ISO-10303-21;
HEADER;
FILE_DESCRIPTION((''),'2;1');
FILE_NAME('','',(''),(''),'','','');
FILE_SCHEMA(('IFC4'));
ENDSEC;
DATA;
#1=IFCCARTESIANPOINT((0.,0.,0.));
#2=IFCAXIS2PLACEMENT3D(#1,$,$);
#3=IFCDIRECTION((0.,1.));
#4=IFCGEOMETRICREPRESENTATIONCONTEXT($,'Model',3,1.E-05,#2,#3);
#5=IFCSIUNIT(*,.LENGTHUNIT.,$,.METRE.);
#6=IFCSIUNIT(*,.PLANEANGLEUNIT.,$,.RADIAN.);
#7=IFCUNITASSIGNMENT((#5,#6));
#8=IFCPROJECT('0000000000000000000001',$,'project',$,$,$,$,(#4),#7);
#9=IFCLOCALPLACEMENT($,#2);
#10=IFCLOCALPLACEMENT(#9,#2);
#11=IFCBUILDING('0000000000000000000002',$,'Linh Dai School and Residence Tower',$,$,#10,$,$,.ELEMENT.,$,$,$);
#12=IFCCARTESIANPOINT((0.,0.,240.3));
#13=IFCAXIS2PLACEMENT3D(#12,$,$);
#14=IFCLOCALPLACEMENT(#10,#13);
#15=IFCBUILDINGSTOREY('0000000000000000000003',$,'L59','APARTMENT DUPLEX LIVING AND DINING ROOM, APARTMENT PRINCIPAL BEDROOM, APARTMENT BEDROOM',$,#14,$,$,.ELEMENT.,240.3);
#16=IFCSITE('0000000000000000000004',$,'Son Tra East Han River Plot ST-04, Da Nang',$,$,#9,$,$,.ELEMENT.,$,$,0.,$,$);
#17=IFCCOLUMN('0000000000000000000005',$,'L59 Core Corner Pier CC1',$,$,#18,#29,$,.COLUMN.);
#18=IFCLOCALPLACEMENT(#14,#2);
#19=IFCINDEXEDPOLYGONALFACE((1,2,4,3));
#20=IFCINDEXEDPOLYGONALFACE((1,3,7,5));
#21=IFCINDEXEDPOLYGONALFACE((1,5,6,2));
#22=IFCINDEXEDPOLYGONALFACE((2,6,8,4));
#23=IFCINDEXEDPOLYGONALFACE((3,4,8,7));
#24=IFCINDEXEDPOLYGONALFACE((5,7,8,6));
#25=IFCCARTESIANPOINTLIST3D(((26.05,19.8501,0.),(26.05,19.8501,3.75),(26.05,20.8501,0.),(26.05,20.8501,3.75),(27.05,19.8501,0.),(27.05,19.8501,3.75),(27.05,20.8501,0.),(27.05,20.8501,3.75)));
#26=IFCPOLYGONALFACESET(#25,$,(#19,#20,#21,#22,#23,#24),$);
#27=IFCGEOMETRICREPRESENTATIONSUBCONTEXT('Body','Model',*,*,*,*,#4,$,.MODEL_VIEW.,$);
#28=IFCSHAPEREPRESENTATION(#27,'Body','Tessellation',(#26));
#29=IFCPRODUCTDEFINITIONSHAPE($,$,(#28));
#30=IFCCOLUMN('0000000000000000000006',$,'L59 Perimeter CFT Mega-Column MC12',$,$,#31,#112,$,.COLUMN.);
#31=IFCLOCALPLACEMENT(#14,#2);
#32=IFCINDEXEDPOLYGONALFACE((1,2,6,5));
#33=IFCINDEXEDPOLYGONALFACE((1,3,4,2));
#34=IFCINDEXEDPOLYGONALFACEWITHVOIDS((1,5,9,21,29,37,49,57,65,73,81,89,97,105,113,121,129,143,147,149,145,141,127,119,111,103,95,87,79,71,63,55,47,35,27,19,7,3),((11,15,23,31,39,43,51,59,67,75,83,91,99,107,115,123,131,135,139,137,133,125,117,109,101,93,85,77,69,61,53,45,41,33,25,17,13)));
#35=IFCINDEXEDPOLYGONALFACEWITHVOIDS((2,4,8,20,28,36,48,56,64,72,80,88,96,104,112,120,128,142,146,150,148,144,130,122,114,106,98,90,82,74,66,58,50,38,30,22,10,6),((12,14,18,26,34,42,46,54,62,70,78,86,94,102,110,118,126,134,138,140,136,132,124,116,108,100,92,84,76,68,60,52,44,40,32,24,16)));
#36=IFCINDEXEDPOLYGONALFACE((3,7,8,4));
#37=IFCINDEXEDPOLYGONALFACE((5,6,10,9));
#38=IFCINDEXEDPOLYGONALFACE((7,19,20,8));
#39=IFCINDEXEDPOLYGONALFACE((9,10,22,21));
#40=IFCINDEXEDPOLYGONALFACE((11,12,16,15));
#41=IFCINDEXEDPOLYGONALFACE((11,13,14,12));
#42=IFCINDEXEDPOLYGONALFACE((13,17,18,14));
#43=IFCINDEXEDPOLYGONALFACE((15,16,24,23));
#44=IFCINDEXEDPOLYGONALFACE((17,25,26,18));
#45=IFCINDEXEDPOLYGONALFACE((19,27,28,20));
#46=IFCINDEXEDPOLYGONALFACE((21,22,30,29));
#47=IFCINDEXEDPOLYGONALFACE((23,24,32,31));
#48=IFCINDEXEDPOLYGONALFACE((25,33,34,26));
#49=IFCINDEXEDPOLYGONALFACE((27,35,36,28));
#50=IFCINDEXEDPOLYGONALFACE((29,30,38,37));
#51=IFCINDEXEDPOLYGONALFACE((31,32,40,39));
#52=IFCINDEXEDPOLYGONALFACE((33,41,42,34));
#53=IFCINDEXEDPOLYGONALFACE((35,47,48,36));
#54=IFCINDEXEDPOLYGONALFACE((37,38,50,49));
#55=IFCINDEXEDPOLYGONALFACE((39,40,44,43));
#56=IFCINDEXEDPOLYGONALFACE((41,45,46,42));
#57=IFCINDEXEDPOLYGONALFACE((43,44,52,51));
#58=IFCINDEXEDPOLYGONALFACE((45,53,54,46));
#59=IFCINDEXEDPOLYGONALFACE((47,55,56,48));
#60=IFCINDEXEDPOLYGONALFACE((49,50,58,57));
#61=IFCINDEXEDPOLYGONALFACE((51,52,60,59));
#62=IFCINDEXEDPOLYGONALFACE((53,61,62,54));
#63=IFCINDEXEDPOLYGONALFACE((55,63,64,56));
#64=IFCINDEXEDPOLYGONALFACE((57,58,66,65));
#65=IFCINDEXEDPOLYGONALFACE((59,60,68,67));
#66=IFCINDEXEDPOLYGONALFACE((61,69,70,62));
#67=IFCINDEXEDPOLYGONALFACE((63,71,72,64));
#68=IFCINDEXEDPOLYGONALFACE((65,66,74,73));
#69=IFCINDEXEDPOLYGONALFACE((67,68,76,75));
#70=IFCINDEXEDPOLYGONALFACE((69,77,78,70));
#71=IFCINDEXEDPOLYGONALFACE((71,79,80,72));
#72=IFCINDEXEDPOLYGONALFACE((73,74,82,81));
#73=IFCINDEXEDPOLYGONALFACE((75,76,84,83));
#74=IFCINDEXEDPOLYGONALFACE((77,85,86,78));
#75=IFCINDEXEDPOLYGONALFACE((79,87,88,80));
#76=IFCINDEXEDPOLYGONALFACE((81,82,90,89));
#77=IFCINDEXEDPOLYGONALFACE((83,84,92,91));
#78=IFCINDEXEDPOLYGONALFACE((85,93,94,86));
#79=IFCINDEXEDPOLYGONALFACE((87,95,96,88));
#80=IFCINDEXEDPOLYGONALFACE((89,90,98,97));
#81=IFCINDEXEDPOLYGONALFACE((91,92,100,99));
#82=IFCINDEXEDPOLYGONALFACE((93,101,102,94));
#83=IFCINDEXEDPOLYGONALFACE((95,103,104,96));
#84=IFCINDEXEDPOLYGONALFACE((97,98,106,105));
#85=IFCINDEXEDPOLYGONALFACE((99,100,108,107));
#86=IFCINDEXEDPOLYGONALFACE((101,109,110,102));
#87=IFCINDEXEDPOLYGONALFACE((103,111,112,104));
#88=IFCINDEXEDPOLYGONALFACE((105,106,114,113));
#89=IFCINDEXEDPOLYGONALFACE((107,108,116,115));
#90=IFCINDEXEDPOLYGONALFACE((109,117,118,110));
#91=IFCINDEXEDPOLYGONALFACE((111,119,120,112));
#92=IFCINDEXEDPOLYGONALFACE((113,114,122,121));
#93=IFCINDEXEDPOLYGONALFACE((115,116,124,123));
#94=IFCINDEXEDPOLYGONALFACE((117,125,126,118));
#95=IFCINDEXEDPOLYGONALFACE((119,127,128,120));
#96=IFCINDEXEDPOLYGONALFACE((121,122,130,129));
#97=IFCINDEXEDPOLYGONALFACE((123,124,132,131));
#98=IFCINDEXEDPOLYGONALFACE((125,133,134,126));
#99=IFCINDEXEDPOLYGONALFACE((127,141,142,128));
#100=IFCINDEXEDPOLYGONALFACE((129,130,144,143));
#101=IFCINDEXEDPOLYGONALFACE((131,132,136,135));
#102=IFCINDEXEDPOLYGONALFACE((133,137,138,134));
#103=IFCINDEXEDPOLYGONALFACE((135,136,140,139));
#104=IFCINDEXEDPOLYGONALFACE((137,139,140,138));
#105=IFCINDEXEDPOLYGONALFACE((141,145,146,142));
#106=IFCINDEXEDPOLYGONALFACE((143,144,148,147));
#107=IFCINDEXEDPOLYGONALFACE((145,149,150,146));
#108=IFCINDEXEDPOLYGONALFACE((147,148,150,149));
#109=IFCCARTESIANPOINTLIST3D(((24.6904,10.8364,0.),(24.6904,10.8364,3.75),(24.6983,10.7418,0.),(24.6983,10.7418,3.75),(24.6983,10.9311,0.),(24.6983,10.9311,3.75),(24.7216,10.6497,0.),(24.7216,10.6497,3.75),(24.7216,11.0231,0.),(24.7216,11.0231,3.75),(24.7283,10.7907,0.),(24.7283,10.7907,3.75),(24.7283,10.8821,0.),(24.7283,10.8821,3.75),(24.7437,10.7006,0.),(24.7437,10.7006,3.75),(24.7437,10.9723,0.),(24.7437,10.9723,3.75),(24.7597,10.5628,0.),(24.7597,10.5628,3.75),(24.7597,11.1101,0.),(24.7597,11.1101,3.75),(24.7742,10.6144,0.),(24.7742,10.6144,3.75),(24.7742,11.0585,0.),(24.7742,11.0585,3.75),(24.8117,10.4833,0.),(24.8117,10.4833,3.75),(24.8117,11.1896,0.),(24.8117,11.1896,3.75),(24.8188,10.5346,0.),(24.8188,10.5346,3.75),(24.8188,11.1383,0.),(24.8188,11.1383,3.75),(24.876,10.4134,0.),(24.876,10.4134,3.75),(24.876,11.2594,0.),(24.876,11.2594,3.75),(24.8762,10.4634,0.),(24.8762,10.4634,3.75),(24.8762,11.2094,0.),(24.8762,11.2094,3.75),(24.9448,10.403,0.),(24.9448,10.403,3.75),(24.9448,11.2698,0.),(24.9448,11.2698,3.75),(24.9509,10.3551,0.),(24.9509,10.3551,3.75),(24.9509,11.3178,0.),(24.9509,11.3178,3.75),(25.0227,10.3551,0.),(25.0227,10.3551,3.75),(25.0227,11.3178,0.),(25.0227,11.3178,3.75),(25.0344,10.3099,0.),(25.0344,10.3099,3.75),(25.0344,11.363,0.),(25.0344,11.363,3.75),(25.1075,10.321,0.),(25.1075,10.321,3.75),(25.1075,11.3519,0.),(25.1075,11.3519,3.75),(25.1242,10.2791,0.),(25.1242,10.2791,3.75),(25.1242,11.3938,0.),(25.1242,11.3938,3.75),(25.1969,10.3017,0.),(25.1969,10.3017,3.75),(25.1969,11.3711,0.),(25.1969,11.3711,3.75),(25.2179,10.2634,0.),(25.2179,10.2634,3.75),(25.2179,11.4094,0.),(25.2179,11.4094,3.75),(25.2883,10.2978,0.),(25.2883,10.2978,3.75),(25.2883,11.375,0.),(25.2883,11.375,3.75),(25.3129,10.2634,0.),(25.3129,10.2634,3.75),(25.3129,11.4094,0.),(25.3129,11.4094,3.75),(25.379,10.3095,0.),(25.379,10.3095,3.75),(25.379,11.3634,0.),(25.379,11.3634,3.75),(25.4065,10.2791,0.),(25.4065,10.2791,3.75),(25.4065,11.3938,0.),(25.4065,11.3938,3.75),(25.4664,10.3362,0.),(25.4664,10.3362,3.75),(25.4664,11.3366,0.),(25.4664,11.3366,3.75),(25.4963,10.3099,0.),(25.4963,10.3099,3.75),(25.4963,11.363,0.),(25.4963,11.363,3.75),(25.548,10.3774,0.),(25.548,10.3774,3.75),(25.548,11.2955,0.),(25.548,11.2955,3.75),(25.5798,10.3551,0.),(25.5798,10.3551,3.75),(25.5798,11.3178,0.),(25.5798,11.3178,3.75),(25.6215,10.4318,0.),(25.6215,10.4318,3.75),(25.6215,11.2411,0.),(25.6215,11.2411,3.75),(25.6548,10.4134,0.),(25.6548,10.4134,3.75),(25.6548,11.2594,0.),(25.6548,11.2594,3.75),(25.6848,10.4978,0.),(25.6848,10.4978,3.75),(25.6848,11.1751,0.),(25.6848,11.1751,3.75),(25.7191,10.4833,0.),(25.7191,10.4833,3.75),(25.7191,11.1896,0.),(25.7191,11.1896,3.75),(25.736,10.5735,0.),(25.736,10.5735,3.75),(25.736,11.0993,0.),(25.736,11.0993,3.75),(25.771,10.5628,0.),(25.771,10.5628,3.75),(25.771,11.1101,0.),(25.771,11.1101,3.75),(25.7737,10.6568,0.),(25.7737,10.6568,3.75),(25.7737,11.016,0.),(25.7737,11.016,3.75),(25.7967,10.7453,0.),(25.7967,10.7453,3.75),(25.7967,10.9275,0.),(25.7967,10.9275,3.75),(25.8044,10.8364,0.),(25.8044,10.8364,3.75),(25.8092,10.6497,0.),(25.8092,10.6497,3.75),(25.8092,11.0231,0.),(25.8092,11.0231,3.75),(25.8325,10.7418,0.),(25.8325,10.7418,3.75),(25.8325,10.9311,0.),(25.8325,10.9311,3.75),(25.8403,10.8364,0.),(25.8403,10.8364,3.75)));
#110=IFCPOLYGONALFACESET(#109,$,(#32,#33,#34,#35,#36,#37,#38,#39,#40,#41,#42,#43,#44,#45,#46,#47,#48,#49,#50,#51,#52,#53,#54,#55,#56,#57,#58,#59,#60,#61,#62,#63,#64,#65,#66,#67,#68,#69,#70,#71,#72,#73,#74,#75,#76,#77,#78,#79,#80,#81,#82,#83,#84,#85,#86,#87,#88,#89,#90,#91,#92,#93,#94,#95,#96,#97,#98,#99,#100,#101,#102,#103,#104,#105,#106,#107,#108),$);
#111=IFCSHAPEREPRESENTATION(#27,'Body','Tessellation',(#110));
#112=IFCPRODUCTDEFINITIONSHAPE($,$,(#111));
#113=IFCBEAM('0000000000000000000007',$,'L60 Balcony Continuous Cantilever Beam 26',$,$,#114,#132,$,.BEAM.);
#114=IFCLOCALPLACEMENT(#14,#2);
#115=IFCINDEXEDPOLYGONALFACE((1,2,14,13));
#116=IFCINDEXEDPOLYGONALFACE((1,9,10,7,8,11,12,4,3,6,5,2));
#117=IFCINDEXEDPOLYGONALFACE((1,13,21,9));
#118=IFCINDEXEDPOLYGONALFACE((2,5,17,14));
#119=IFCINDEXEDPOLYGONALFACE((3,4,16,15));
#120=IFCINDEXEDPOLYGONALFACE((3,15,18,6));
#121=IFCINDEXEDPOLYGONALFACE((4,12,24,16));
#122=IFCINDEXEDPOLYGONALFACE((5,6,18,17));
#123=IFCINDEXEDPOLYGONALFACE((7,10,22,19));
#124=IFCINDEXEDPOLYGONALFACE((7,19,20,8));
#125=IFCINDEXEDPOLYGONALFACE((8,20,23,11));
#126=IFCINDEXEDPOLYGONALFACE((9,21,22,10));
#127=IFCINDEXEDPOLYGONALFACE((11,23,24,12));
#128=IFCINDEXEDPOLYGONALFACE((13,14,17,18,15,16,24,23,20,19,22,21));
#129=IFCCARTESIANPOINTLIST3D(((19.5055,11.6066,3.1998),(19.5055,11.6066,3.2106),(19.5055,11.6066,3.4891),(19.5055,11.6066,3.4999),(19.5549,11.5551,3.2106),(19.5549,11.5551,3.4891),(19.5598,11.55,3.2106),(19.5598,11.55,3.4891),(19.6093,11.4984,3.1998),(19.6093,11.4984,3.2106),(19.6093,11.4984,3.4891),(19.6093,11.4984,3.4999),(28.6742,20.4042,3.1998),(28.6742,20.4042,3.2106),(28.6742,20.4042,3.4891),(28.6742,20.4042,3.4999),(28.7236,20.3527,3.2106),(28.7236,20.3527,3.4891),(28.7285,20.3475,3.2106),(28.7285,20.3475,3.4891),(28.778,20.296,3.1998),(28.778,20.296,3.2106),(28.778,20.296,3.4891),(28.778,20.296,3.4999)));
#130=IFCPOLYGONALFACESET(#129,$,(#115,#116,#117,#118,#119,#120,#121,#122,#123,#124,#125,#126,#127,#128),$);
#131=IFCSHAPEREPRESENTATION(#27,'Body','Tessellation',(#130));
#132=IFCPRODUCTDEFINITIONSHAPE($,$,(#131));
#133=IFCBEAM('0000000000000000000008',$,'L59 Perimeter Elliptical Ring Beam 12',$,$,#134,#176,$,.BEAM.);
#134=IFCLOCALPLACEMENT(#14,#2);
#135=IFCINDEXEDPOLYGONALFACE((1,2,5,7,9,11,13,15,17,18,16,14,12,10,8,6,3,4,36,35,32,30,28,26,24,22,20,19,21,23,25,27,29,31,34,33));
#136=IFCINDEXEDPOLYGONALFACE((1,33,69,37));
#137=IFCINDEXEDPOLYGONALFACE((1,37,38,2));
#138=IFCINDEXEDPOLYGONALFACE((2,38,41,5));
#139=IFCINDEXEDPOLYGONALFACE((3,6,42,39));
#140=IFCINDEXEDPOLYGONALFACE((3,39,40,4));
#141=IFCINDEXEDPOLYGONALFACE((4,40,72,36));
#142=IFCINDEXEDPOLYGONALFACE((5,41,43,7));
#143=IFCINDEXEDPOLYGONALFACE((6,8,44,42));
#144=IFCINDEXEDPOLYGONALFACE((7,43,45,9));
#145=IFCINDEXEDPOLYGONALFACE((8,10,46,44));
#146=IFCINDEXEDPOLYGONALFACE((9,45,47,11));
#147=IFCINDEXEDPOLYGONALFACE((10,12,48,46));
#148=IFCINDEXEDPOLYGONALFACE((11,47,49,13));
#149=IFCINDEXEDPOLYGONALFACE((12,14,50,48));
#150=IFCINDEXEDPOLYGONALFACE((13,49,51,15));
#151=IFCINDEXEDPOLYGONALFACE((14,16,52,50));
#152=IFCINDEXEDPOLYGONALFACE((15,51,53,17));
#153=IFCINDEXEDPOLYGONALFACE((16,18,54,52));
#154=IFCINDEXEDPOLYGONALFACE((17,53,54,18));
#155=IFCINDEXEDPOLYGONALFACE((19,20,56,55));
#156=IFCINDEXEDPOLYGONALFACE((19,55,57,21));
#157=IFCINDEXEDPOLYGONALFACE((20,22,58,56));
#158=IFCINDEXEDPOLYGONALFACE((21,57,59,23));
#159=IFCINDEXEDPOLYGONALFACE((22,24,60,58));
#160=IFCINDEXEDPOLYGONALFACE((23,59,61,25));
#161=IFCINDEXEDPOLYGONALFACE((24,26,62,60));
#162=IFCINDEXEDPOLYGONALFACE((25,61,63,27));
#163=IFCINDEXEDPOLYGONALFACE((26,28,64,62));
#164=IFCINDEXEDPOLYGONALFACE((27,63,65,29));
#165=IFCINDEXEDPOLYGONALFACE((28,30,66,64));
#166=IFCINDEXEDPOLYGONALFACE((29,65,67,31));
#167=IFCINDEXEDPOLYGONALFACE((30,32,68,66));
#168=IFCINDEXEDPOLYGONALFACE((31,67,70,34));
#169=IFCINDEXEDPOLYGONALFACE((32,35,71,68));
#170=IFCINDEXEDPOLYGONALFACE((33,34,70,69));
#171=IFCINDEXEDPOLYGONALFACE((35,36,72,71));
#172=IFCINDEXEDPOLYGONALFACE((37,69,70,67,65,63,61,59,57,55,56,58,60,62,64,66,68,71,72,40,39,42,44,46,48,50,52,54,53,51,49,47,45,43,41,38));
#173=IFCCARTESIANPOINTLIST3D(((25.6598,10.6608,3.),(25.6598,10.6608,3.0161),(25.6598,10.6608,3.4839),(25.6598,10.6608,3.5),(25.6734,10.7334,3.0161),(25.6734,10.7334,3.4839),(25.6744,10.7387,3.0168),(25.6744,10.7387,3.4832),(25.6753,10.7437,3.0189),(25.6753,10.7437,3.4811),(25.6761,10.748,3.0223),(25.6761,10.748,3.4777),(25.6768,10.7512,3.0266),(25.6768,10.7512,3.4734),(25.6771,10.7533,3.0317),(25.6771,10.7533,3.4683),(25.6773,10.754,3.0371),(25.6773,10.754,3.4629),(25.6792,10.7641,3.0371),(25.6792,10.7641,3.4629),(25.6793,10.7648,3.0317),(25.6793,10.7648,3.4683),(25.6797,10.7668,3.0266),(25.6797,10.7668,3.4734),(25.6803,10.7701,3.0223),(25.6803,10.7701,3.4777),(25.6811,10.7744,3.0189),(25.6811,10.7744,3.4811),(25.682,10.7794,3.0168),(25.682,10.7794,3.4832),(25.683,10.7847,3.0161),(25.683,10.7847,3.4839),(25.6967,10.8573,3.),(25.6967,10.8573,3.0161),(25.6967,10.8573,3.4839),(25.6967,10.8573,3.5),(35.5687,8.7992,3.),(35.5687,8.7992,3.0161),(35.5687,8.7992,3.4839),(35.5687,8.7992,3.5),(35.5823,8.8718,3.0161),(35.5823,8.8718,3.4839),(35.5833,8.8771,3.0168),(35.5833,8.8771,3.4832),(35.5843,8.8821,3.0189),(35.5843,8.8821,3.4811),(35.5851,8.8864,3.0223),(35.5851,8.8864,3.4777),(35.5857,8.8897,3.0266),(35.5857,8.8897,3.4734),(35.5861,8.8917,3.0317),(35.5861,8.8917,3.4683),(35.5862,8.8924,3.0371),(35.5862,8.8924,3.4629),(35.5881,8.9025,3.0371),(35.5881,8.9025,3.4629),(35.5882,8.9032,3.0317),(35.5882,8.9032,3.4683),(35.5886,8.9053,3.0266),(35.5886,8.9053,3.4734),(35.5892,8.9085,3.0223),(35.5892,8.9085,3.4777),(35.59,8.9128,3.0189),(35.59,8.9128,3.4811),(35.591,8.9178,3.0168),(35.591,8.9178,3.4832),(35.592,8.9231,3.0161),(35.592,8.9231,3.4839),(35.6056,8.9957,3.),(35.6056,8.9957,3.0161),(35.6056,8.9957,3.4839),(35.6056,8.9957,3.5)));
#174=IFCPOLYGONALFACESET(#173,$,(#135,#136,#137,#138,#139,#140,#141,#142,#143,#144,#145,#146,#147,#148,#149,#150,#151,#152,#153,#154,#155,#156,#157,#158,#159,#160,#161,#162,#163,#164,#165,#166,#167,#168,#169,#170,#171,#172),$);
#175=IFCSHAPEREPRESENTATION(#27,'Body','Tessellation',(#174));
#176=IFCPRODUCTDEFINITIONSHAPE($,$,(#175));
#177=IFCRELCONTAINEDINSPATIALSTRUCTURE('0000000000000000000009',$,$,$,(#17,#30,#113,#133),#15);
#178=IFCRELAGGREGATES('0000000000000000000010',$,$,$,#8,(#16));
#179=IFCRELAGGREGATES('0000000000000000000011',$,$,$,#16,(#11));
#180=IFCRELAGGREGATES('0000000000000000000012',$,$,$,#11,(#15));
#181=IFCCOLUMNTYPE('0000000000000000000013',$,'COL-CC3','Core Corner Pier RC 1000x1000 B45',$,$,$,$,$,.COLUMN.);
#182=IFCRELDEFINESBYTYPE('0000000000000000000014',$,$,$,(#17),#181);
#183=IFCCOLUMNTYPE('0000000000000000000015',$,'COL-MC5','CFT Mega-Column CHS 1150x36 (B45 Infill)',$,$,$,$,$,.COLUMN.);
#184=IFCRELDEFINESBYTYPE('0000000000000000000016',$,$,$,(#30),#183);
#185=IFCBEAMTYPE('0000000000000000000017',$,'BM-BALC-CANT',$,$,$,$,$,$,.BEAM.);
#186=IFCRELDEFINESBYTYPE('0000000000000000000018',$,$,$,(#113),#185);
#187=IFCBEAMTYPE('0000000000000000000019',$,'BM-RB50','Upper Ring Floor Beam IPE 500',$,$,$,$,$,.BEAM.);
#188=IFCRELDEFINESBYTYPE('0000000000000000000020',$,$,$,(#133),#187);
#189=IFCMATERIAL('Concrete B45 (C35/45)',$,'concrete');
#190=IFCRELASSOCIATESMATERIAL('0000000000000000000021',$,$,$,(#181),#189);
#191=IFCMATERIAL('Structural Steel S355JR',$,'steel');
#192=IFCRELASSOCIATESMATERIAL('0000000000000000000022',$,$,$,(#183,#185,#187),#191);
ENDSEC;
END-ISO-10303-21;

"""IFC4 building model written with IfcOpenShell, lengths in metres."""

from ifc_helpers import new_model, si_unit, direction, frame, origin, origin_2d, place, context, subcontext, project, spatial, rectangle, hollow_circle, i_section, extrude, material, material_profile, profile_set, type_object, element, save


model = new_model("IFC4")

# Units and contexts
model_context = context("Model", 3, precision=1e-05, world=origin(), true_north=direction((0.0, 1.0)))
body_context = subcontext(model_context, "Body", "Model", "MODEL_VIEW")
ifc_project = project(units=[si_unit("LENGTHUNIT", "METRE"), si_unit("PLANEANGLEUNIT", "RADIAN")], contexts=[model_context])

# Site, building, storey
site_placement = place(None, origin())
site = spatial("IfcSite", under=ifc_project, at=site_placement, Name="Son Tra East Han River Plot ST-04, Da Nang", CompositionType="ELEMENT", RefElevation=0.0)
building_placement = place(site_placement, origin())
building = spatial("IfcBuilding", under=site, at=building_placement, Name="Linh Dai School and Residence Tower", CompositionType="ELEMENT")
storey_placement = place(building_placement, frame((0.0, 0.0, 240.3)))
storey = spatial("IfcBuildingStorey", under=building, at=storey_placement, Name="L59", Description="APARTMENT DUPLEX LIVING AND DINING ROOM, APARTMENT PRINCIPAL BEDROOM, APARTMENT BEDROOM", CompositionType="ELEMENT", Elevation=240.3)

# Columns
ifc_material_1 = material(Name="Concrete B45 (C35/45)", Category="concrete")
ifc_material_profile_1 = material_profile(ifc_material_1, rectangle(XDim=1.0, YDim=1.0, at=origin_2d()), Name="RC 1000x1000")
ifc_profile_set_1 = profile_set([ifc_material_profile_1], Name="Concrete B45 (C35/45)")
column_type_1 = type_object("IfcColumnType", Name="COL-CC3", Description="Core Corner Pier RC 1000x1000 B45", PredefinedType="COLUMN", material=ifc_profile_set_1)
column_1_placement = place(storey_placement, frame((26.55, 20.3501, 0.0), z_axis=(0.0, 0.0, 1.0), x_axis=(1.0, 0.0, 0.0)))
element("IfcColumn", 1, at=column_1_placement, inside=storey, type_object=column_type_1, Name="L59 Core Corner Pier CC1", PredefinedType="COLUMN", context=body_context, shape_type="SweptSolid", body=[
    extrude(rectangle(XDim=1.0, YDim=1.0, at=origin_2d()), origin(), (0.0, 0.0, 1.0), 3.75),
])
ifc_material_2 = material(Name="Structural Steel S355JR", Category="steel")
ifc_material_profile_2 = material_profile(ifc_material_2, hollow_circle(Radius=0.575, WallThickness=0.0359, at=origin_2d()), Name="CHS 1150x36")
ifc_profile_set_2 = profile_set([ifc_material_profile_2], Name="Structural Steel S355JR")
column_type_2 = type_object("IfcColumnType", Name="COL-MC5", Description="CFT Mega-Column CHS 1150x36 (B45 Infill)", PredefinedType="COLUMN", material=ifc_profile_set_2)
column_2_placement = place(storey_placement, frame((25.2654, 10.8364, 0.0), z_axis=(0.0, 0.0, 1.0), x_axis=(1.0, 0.0, 0.0)))
element("IfcColumn", 2, at=column_2_placement, inside=storey, type_object=column_type_2, Name="L59 Perimeter CFT Mega-Column MC12", PredefinedType="COLUMN", context=body_context, shape_type="SweptSolid", body=[
    extrude(hollow_circle(Radius=0.575, WallThickness=0.0359, at=origin_2d()), origin(), (0.0, 0.0, 1.0), 3.75),
])

# Beams
ifc_material_profile_3 = material_profile(ifc_material_2, i_section(OverallWidth=0.1499, OverallDepth=0.3, WebThickness=0.0071, FlangeThickness=0.0107, at=origin_2d()), Name="IPE 300")
ifc_profile_set_3 = profile_set([ifc_material_profile_3], Name="Structural Steel S355JR")
beam_type_1 = type_object("IfcBeamType", Name="BM-BALC-CANT", PredefinedType="BEAM", material=ifc_profile_set_3)
beam_1_placement = place(storey_placement, frame((28.7261, 20.3501, 3.3499), z_axis=(-0.721558, -0.692354, 0.0), x_axis=(0.692354, -0.721558, 0.0)))
element("IfcBeam", 3, at=beam_1_placement, inside=storey, type_object=beam_type_1, Name="L60 Balcony Continuous Cantilever Beam 26", PredefinedType="BEAM", context=body_context, shape_type="SweptSolid", body=[
    extrude(i_section(OverallWidth=0.1499, OverallDepth=0.3, WebThickness=0.0071, FlangeThickness=0.0107, at=origin_2d()), origin(), (0.0, 0.0, 1.0), 12.7068),
])
ifc_material_profile_4 = material_profile(ifc_material_2, i_section(OverallWidth=0.2, OverallDepth=0.5, WebThickness=0.0103, FlangeThickness=0.0161, FilletRadius=0.021, at=origin_2d()), Name="IPE 500")
ifc_profile_set_4 = profile_set([ifc_material_profile_4], Name="Structural Steel S355JR")
beam_type_2 = type_object("IfcBeamType", Name="BM-RB50", Description="Upper Ring Floor Beam IPE 500", PredefinedType="BEAM", material=ifc_profile_set_4)
beam_2_placement = place(storey_placement, frame((25.6782, 10.759, 3.25), z_axis=(0.982807, -0.184638, 0.0), x_axis=(0.184638, 0.982807, 0.0)))
element("IfcBeam", 4, at=beam_2_placement, inside=storey, type_object=beam_type_2, Name="L59 Perimeter Elliptical Ring Beam 12", PredefinedType="BEAM", context=body_context, shape_type="SweptSolid", body=[
    extrude(i_section(OverallWidth=0.2, OverallDepth=0.5, WebThickness=0.0103, FlangeThickness=0.0161, FilletRadius=0.021, at=origin_2d()), origin(), (0.0, 0.0, 1.0), 10.0823),
])

save(model, "model.ifc")
